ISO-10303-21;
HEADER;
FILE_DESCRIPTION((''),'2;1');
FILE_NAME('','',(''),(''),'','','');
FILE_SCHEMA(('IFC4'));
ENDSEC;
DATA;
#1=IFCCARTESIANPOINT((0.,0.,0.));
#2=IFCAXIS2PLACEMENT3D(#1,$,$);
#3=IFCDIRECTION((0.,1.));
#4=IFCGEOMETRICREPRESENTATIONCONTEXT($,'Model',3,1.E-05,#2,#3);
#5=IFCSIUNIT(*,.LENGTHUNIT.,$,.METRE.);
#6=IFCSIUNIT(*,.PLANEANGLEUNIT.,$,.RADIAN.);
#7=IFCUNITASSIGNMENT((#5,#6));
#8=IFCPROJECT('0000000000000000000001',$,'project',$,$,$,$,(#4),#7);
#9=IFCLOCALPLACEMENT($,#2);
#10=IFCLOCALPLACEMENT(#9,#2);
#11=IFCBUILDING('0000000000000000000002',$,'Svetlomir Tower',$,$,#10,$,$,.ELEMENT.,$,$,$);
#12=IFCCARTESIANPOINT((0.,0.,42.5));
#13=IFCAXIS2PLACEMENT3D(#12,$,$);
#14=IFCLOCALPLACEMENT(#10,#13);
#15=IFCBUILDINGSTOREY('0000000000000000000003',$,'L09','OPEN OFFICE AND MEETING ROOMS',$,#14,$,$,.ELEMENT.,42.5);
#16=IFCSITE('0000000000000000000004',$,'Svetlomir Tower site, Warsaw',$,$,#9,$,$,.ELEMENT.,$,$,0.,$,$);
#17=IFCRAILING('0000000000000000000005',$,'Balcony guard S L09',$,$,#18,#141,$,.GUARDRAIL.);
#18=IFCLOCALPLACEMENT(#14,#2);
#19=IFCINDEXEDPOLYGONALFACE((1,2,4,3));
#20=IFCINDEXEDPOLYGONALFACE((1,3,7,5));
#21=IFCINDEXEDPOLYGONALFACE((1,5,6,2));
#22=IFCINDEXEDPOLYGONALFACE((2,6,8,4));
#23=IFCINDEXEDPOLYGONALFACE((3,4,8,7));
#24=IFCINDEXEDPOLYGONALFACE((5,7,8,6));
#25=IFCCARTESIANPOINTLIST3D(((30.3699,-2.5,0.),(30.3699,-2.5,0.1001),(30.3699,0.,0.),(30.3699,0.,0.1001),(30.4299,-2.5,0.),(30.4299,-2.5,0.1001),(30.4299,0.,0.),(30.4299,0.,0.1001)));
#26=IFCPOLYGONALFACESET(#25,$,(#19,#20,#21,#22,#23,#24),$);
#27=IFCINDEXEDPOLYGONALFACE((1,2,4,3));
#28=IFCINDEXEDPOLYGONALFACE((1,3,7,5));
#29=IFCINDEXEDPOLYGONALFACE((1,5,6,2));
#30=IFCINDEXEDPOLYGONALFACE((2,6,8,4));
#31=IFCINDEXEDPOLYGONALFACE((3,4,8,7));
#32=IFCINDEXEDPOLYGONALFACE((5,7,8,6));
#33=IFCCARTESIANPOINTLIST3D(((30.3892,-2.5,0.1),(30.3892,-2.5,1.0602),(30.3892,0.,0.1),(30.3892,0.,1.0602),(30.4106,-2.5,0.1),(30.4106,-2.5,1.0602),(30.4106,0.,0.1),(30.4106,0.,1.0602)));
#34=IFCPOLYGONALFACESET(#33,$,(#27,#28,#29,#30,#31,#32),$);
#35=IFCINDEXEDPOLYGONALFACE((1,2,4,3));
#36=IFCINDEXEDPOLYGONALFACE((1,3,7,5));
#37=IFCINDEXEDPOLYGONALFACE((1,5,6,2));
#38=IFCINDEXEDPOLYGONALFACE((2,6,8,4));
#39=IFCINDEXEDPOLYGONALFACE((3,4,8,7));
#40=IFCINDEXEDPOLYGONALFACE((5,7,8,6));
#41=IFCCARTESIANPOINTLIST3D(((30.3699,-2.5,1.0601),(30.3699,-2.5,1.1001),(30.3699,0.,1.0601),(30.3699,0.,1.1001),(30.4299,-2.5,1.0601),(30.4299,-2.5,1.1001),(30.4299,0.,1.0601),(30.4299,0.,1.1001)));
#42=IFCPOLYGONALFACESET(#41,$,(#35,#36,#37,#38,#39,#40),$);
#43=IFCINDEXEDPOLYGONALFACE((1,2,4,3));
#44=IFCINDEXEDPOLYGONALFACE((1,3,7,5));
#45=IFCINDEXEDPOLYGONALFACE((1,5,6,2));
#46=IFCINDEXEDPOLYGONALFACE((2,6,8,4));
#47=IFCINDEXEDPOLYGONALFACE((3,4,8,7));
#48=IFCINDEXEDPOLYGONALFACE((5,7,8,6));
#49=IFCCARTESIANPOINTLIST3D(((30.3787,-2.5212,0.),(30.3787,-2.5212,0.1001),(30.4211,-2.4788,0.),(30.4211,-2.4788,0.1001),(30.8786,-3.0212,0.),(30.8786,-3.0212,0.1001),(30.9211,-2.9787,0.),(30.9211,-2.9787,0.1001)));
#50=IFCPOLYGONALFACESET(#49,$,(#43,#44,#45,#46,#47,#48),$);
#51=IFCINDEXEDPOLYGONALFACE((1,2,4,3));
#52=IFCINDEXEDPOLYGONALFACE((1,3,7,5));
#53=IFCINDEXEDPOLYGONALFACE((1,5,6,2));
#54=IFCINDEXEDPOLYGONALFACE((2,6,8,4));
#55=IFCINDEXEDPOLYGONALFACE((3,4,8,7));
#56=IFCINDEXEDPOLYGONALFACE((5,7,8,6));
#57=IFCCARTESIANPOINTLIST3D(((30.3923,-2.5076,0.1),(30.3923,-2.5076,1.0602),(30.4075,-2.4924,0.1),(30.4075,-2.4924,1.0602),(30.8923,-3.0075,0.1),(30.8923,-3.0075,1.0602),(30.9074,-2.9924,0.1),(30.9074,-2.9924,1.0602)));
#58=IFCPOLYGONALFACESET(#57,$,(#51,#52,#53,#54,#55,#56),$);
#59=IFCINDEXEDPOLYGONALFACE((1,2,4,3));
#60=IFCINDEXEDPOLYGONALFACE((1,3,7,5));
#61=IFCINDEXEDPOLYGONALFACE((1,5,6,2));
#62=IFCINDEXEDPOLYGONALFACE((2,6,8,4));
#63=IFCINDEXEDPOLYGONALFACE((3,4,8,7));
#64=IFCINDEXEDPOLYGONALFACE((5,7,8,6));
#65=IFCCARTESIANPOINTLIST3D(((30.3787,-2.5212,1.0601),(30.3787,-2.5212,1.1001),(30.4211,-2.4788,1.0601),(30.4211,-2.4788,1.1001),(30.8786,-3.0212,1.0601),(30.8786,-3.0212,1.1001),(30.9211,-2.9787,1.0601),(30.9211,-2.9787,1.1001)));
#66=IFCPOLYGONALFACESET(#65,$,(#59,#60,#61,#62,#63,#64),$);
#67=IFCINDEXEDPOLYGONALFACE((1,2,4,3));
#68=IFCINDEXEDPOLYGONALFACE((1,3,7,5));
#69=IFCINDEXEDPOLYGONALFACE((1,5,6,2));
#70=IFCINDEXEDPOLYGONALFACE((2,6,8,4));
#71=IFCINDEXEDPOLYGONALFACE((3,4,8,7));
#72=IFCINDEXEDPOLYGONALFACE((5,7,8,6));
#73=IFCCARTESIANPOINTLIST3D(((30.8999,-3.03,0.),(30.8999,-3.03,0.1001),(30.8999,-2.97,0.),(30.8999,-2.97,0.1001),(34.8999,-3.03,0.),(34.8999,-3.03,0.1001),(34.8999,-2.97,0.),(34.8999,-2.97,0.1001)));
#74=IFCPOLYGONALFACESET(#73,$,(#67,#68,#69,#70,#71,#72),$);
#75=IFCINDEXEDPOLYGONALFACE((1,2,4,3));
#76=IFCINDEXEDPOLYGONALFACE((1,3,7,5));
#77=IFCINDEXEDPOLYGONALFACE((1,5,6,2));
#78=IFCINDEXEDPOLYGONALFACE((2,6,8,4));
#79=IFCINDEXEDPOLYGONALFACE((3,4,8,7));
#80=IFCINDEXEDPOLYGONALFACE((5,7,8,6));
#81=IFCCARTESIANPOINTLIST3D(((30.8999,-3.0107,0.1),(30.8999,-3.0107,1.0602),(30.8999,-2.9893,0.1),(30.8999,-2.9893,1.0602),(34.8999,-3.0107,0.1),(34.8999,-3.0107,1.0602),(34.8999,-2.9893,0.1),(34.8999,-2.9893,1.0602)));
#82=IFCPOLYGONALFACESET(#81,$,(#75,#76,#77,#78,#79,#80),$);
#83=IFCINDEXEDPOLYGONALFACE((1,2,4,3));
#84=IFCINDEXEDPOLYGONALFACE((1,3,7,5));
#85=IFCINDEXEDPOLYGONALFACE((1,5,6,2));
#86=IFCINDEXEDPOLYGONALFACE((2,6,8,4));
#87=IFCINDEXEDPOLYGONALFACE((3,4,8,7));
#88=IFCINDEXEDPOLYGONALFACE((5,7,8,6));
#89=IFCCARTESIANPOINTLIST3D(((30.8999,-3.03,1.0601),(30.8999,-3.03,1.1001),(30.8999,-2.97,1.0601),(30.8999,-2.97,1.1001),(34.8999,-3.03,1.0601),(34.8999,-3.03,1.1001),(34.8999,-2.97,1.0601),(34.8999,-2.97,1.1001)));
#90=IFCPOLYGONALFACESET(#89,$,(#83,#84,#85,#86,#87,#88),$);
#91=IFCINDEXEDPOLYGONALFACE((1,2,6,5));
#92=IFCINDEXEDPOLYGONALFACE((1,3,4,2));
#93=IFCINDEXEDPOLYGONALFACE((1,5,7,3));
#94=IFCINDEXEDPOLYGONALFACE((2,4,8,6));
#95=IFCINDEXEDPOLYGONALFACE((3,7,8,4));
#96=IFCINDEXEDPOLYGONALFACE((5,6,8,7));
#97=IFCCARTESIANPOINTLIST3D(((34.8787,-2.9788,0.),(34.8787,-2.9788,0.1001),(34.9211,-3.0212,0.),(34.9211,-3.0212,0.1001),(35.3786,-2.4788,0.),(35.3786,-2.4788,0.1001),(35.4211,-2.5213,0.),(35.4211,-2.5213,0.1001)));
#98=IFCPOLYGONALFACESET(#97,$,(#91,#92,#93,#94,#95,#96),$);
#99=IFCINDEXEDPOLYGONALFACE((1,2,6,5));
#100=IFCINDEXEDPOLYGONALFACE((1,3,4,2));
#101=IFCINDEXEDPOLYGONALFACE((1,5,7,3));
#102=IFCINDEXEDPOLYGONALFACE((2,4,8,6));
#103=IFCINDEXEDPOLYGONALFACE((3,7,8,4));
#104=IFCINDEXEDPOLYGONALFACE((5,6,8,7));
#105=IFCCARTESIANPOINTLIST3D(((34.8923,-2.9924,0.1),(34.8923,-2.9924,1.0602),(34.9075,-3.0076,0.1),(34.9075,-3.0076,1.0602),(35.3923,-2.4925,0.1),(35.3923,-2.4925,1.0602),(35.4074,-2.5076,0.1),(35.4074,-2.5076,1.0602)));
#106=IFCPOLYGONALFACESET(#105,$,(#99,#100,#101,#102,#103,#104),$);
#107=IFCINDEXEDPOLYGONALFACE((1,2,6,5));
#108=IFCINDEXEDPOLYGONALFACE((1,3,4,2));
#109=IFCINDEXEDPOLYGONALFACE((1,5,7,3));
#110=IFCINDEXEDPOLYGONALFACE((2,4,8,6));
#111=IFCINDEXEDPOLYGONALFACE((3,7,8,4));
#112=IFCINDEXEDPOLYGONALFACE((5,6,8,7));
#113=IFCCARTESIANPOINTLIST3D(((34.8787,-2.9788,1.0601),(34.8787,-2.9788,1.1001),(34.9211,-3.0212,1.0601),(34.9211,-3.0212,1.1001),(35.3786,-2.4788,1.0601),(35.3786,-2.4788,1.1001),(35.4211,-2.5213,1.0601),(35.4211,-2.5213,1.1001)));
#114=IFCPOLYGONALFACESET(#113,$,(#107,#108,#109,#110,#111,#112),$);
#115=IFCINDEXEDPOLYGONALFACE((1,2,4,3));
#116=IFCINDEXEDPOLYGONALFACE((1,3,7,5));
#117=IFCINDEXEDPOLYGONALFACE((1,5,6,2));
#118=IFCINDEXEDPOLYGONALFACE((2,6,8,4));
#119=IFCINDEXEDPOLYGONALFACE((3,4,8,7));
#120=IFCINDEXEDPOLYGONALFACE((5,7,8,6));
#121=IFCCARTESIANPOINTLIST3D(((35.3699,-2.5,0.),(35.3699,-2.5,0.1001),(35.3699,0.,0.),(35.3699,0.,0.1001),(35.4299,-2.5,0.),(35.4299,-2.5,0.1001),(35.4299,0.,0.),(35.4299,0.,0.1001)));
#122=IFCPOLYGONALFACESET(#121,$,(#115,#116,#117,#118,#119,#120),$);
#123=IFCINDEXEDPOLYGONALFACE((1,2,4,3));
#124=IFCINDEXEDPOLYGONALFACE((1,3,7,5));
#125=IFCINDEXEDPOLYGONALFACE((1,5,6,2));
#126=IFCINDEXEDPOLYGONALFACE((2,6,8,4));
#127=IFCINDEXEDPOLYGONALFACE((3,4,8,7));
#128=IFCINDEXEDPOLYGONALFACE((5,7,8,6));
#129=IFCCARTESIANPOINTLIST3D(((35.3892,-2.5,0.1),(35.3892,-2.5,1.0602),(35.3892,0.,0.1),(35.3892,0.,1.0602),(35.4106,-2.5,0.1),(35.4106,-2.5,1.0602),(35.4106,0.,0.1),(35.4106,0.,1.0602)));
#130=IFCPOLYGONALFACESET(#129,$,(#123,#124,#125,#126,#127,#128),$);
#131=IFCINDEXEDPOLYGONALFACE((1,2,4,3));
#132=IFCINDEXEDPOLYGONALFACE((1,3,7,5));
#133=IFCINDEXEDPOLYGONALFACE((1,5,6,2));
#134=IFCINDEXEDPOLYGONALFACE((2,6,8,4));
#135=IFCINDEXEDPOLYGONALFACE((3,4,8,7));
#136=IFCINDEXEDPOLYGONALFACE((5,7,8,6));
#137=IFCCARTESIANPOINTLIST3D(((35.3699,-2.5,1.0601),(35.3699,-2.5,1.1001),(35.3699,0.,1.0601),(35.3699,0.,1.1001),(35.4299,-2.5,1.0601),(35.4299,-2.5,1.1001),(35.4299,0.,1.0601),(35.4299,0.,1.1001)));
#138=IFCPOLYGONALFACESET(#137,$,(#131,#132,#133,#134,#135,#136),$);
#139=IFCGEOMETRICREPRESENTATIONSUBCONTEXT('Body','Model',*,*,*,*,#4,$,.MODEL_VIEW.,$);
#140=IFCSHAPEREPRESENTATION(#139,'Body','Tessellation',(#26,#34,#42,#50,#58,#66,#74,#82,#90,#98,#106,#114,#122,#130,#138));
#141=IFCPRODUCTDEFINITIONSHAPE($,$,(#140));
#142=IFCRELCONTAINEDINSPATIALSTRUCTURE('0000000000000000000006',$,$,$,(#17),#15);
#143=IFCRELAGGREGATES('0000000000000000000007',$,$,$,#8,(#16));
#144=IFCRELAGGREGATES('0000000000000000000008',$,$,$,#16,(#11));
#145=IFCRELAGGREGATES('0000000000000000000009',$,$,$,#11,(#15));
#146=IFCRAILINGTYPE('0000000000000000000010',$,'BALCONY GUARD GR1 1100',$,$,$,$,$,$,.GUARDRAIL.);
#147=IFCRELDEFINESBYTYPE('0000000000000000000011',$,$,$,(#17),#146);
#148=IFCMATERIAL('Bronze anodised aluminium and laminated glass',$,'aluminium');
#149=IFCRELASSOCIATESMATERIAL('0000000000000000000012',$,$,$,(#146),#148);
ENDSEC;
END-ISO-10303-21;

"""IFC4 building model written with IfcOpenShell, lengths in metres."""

from ifc_helpers import new_model, si_unit, direction, frame, origin, origin_2d, place, context, subcontext, project, spatial, rectangle, extrude, material, type_object, element, save


model = new_model("IFC4")

# Units and contexts
model_context = context("Model", 3, precision=1e-05, world=origin(), true_north=direction((0.0, 1.0)))
body_context = subcontext(model_context, "Body", "Model", "MODEL_VIEW")
ifc_project = project(units=[si_unit("LENGTHUNIT", "METRE"), si_unit("PLANEANGLEUNIT", "RADIAN")], contexts=[model_context])

# Site, building, storey
site_placement = place(None, origin())
site = spatial("IfcSite", under=ifc_project, at=site_placement, Name="Svetlomir Tower site, Warsaw", CompositionType="ELEMENT", RefElevation=0.0)
building_placement = place(site_placement, origin())
building = spatial("IfcBuilding", under=site, at=building_placement, Name="Svetlomir Tower", CompositionType="ELEMENT")
storey_placement = place(building_placement, frame((0.0, 0.0, 42.5)))
storey = spatial("IfcBuildingStorey", under=building, at=storey_placement, Name="L09", Description="OPEN OFFICE AND MEETING ROOMS", CompositionType="ELEMENT", Elevation=42.5)

# Railing
ifc_material_1 = material(Name="Bronze anodised aluminium and laminated glass", Category="aluminium")
railing_type = type_object("IfcRailingType", Name="BALCONY GUARD GR1 1100", PredefinedType="GUARDRAIL", material=ifc_material_1)
railing_placement = place(storey_placement, frame((30.3999, 0.0, 0.0)))
element("IfcRailing", 1, at=railing_placement, inside=storey, type_object=railing_type, Name="Balcony guard S L09", PredefinedType="GUARDRAIL", context=body_context, shape_type="SweptSolid", body=[
    extrude(rectangle(XDim=0.0601, YDim=0.1001, at=origin_2d()), frame((0.0, 0.0, 0.05), z_axis=(0.0, -1.0, 0.0), x_axis=(1.0, 0.0, 0.0)), (0.0, 0.0, 1.0), 2.5),
    extrude(rectangle(XDim=0.0215, YDim=0.9602, at=origin_2d()), frame((0.0, 0.0, 0.5801), z_axis=(0.0, -1.0, 0.0), x_axis=(1.0, 0.0, 0.0)), (0.0, 0.0, 1.0), 2.5),
    extrude(rectangle(XDim=0.0601, YDim=0.04, at=origin_2d()), frame((0.0, 0.0, 1.0801), z_axis=(0.0, -1.0, 0.0), x_axis=(1.0, 0.0, 0.0)), (0.0, 0.0, 1.0), 2.5),
    extrude(rectangle(XDim=0.0601, YDim=0.1001, at=origin_2d()), frame((0.0, -2.5, 0.05), z_axis=(0.707107, -0.707107, 0.0), x_axis=(0.707107, 0.707107, 0.0)), (0.0, 0.0, 1.0), 0.707),
    extrude(rectangle(XDim=0.0215, YDim=0.9602, at=origin_2d()), frame((0.0, -2.5, 0.5801), z_axis=(0.707107, -0.707107, 0.0), x_axis=(0.707107, 0.707107, 0.0)), (0.0, 0.0, 1.0), 0.707),
    extrude(rectangle(XDim=0.0601, YDim=0.04, at=origin_2d()), frame((0.0, -2.5, 1.0801), z_axis=(0.707107, -0.707107, 0.0), x_axis=(0.707107, 0.707107, 0.0)), (0.0, 0.0, 1.0), 0.707),
    extrude(rectangle(XDim=0.0601, YDim=0.1001, at=origin_2d()), frame((0.5, -3.0, 0.05), z_axis=(1.0, 0.0, 0.0), x_axis=(0.0, 1.0, 0.0)), (0.0, 0.0, 1.0), 4.0),
    extrude(rectangle(XDim=0.0215, YDim=0.9602, at=origin_2d()), frame((0.5, -3.0, 0.5801), z_axis=(1.0, 0.0, 0.0), x_axis=(0.0, 1.0, 0.0)), (0.0, 0.0, 1.0), 4.0),
    extrude(rectangle(XDim=0.0601, YDim=0.04, at=origin_2d()), frame((0.5, -3.0, 1.0801), z_axis=(1.0, 0.0, 0.0), x_axis=(0.0, 1.0, 0.0)), (0.0, 0.0, 1.0), 4.0),
    extrude(rectangle(XDim=0.0601, YDim=0.1001, at=origin_2d()), frame((4.5, -3.0, 0.05), z_axis=(0.707107, 0.707107, 0.0), x_axis=(-0.707107, 0.707107, 0.0)), (0.0, 0.0, 1.0), 0.707),
    extrude(rectangle(XDim=0.0215, YDim=0.9602, at=origin_2d()), frame((4.5, -3.0, 0.5801), z_axis=(0.707107, 0.707107, 0.0), x_axis=(-0.707107, 0.707107, 0.0)), (0.0, 0.0, 1.0), 0.707),
    extrude(rectangle(XDim=0.0601, YDim=0.04, at=origin_2d()), frame((4.5, -3.0, 1.0801), z_axis=(0.707107, 0.707107, 0.0), x_axis=(-0.707107, 0.707107, 0.0)), (0.0, 0.0, 1.0), 0.707),
    extrude(rectangle(XDim=0.0601, YDim=0.1001, at=origin_2d()), frame((5.0, -2.5, 0.05), z_axis=(0.0, 1.0, 0.0), x_axis=(-1.0, 0.0, 0.0)), (0.0, 0.0, 1.0), 2.5),
    extrude(rectangle(XDim=0.0215, YDim=0.9602, at=origin_2d()), frame((5.0, -2.5, 0.5801), z_axis=(0.0, 1.0, 0.0), x_axis=(-1.0, 0.0, 0.0)), (0.0, 0.0, 1.0), 2.5),
    extrude(rectangle(XDim=0.0601, YDim=0.04, at=origin_2d()), frame((5.0, -2.5, 1.0801), z_axis=(0.0, 1.0, 0.0), x_axis=(-1.0, 0.0, 0.0)), (0.0, 0.0, 1.0), 2.5),
])

save(model, "model.ifc")
